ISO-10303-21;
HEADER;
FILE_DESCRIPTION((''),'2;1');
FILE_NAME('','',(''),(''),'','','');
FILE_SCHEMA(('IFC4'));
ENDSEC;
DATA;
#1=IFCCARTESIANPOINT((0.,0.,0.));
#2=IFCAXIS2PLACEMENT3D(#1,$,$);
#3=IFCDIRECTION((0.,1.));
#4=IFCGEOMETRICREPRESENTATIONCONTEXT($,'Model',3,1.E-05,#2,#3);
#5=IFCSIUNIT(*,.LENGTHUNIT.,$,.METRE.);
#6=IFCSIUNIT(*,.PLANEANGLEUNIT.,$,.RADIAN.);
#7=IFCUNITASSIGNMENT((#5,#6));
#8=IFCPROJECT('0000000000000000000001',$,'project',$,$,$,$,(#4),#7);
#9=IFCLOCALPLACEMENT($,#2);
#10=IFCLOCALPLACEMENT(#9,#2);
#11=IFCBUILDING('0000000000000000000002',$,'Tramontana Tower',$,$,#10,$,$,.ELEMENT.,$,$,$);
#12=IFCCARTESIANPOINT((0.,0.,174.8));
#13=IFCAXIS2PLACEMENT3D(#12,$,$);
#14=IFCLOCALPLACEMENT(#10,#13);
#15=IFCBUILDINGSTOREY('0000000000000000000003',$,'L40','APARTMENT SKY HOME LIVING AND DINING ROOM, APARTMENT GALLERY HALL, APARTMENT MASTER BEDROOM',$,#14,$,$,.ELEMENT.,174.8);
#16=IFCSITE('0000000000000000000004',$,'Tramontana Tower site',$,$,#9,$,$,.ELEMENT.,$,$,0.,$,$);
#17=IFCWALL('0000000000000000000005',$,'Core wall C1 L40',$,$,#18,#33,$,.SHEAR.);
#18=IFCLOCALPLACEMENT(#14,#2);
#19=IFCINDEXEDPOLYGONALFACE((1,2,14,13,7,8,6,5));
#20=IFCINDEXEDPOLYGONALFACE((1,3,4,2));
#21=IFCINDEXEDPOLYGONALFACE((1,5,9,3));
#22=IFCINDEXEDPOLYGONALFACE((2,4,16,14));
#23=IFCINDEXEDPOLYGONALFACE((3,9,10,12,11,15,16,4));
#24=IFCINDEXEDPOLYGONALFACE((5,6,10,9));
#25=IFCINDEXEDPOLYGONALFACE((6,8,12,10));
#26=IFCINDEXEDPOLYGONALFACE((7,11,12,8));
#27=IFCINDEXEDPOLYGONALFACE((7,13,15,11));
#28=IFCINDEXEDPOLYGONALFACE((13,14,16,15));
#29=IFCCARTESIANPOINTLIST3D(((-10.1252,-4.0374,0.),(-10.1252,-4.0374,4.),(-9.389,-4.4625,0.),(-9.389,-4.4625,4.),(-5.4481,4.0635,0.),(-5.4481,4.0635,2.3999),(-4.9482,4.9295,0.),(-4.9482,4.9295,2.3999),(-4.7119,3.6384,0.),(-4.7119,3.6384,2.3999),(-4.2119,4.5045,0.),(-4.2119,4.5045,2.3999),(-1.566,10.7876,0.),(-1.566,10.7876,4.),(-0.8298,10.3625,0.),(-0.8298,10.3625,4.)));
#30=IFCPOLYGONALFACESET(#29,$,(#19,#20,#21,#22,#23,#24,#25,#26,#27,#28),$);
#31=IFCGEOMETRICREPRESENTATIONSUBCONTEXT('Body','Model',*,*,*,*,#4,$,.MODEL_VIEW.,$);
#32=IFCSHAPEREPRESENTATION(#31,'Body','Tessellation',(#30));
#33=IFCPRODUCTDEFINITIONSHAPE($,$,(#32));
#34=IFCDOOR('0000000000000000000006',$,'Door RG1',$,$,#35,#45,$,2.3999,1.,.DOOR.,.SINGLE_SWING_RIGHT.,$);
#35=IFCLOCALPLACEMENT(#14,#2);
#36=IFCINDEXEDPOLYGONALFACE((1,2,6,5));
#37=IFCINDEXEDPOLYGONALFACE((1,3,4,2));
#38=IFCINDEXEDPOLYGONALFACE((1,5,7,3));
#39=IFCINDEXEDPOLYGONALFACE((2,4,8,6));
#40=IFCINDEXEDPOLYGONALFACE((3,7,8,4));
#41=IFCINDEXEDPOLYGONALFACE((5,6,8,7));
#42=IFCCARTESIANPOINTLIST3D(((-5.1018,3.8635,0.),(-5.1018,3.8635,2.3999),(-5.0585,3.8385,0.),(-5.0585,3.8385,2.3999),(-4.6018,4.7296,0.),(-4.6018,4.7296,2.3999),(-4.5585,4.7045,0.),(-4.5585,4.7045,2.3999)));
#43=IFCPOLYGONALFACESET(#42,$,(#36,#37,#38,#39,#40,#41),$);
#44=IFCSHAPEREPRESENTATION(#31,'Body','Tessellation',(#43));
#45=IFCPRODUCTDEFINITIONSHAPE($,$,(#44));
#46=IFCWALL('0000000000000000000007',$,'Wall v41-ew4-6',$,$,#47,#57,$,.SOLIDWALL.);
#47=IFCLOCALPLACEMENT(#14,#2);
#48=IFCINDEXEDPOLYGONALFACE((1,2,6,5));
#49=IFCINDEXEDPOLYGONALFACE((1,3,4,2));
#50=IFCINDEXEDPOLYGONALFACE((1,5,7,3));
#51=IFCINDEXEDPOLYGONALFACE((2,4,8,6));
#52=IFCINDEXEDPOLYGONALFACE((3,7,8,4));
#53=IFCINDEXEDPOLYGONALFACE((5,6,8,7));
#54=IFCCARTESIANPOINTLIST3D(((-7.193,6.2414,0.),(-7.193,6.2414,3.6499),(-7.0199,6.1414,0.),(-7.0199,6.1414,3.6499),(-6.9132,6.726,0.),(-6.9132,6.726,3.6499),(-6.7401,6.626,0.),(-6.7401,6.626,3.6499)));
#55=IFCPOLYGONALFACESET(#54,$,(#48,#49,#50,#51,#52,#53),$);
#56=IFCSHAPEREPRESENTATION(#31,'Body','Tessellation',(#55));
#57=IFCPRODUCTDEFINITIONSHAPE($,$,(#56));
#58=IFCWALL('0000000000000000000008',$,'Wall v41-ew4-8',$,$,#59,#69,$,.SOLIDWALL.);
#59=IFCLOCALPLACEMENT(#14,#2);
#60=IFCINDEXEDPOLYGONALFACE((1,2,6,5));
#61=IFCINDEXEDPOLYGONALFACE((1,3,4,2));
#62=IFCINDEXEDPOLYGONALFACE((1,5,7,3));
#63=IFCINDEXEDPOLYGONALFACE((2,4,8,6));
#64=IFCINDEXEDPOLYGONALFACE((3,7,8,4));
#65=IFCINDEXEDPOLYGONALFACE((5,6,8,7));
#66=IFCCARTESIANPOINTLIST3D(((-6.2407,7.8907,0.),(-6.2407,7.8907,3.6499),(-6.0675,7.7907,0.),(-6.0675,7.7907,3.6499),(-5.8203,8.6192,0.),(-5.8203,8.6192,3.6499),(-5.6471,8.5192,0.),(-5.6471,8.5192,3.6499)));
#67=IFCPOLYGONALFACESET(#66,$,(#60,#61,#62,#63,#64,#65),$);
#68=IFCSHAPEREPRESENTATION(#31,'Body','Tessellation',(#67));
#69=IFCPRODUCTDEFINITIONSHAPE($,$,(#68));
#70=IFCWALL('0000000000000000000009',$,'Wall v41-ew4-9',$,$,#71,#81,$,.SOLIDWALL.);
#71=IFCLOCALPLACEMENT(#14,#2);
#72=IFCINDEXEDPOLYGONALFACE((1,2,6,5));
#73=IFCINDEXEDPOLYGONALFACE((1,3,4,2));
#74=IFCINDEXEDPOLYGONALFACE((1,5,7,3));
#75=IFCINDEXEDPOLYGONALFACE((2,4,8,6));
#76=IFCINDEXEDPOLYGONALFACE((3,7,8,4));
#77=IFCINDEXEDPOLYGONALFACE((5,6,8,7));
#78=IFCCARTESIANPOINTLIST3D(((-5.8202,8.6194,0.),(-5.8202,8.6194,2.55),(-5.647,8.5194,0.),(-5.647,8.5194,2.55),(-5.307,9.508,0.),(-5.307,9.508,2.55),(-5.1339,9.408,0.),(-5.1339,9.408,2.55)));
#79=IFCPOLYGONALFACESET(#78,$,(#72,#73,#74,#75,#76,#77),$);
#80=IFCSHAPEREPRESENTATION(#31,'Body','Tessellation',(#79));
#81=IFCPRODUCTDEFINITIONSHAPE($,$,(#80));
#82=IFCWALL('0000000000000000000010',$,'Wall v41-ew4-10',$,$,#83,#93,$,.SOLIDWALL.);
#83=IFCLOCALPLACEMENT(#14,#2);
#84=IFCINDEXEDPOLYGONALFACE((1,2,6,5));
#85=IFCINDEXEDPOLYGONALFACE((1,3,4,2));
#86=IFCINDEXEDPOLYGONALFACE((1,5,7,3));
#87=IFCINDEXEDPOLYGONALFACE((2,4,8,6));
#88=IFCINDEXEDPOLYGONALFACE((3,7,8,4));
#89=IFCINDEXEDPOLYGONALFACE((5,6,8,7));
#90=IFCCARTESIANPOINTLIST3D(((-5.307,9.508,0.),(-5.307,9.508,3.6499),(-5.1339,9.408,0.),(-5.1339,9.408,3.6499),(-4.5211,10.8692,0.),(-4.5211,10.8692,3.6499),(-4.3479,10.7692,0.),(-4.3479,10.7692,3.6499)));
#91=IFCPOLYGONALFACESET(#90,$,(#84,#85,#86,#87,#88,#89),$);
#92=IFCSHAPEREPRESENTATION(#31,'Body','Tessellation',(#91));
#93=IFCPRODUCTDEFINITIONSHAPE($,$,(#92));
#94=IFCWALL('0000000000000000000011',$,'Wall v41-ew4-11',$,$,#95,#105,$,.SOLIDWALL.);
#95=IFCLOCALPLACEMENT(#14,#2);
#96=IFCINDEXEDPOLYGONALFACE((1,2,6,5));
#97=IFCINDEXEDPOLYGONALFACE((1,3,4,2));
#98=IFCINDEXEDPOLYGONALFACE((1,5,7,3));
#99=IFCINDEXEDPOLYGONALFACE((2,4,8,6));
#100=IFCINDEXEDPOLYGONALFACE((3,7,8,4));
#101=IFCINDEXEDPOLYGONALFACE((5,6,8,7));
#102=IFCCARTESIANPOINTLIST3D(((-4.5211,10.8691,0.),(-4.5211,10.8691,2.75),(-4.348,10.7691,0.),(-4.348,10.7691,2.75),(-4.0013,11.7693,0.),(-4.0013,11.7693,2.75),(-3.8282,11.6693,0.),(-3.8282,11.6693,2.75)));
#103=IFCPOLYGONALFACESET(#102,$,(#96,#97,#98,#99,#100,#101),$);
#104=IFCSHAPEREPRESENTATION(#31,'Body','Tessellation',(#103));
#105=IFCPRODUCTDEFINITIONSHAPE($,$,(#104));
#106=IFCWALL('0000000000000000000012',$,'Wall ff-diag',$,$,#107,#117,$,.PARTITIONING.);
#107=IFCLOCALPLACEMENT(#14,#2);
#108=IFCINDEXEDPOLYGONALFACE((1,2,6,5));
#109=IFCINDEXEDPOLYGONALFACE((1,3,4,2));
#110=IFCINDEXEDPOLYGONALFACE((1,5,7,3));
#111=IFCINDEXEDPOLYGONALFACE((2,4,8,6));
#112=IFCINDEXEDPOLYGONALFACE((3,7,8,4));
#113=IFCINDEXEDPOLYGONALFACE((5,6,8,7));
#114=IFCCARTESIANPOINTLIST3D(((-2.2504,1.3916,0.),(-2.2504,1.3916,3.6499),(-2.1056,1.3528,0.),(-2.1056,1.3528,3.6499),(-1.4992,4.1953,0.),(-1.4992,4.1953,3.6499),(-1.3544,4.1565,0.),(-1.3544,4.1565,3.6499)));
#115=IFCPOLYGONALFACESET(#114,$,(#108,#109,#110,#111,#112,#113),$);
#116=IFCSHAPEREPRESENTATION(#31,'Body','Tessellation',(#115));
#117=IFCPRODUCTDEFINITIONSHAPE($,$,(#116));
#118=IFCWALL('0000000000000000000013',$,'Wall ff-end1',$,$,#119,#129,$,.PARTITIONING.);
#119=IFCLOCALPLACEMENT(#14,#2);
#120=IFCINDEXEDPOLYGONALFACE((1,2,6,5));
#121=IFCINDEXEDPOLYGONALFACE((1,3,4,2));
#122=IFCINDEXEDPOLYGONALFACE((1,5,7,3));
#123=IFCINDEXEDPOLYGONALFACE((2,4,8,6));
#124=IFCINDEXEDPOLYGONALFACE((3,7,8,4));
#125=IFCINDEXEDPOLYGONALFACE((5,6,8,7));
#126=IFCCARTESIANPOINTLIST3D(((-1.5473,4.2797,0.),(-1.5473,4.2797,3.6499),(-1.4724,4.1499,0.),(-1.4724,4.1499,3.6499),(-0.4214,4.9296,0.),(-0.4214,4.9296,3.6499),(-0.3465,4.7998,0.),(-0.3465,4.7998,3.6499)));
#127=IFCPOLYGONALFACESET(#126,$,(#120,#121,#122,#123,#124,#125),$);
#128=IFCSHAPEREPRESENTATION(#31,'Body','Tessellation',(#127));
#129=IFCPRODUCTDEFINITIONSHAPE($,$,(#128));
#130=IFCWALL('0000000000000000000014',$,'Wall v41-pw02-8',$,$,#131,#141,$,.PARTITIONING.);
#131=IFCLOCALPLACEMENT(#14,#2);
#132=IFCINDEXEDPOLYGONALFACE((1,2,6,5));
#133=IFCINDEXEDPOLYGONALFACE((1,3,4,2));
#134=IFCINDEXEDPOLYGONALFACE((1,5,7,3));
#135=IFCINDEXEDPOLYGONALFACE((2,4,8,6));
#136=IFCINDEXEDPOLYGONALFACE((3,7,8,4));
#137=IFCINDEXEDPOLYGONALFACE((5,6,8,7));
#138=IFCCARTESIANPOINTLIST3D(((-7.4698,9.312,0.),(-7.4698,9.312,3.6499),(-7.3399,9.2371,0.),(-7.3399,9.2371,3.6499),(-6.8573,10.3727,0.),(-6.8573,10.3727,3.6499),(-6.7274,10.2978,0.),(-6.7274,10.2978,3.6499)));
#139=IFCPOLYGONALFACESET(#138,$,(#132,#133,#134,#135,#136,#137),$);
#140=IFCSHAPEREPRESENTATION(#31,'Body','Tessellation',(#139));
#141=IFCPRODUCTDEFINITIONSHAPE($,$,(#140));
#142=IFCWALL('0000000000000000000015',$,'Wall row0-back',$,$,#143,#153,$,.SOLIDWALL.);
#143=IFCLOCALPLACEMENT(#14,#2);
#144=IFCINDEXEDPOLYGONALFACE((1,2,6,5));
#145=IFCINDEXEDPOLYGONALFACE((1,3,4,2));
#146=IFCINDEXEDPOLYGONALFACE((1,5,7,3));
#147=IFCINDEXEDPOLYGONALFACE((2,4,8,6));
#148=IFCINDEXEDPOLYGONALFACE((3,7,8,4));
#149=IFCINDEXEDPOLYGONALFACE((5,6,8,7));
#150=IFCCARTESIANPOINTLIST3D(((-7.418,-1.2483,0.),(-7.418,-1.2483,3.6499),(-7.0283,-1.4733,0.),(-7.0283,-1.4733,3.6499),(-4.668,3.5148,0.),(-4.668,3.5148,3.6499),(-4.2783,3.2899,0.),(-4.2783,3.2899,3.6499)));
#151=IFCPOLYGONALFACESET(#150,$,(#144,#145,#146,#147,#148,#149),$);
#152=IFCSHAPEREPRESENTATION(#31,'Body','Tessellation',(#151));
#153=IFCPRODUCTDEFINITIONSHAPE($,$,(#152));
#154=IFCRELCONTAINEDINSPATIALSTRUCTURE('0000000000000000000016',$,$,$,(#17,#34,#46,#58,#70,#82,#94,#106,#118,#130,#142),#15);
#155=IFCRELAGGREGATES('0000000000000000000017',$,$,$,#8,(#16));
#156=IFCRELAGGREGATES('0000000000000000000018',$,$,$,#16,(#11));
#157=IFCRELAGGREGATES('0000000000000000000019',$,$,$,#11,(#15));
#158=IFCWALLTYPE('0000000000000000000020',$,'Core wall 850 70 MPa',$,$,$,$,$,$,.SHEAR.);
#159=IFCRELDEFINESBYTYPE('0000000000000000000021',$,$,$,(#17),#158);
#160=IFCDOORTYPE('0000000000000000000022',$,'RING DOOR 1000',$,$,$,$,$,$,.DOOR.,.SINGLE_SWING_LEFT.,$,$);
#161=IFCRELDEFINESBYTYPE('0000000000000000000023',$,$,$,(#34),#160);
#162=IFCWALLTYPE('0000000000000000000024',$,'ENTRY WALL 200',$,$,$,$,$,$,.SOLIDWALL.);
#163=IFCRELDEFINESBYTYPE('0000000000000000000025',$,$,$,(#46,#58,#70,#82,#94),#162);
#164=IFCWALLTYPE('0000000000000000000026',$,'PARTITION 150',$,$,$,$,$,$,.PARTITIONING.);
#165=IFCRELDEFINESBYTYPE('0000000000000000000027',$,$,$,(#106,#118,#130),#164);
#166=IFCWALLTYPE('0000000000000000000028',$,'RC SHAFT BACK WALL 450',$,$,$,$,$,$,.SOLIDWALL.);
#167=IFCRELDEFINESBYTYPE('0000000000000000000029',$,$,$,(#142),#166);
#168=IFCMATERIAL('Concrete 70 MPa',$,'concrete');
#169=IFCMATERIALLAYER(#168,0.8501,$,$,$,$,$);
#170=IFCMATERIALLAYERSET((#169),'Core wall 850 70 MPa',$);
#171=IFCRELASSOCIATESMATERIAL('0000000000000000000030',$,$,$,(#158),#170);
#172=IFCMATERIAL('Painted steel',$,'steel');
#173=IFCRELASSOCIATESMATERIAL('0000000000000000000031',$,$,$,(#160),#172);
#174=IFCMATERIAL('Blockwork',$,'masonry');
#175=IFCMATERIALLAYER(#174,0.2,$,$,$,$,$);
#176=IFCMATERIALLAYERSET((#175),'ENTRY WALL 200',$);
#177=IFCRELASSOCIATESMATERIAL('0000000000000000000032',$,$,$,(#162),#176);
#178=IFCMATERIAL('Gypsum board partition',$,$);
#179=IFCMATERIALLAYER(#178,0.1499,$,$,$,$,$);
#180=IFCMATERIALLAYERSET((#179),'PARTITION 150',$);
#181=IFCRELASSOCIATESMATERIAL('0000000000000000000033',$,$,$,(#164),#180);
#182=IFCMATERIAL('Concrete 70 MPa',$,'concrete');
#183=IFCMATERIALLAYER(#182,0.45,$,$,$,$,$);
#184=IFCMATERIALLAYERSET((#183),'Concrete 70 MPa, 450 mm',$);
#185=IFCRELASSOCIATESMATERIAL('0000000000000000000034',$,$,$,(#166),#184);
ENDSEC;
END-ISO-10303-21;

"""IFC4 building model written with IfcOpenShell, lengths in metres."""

from ifc_helpers import new_model, si_unit, direction, frame, frame_2d, origin, place, context, subcontext, project, spatial, rectangle, extrude, material, layer, layer_set, type_object, element, fill, save


model = new_model("IFC4")

# Units and contexts
model_context = context("Model", 3, precision=1e-05, world=origin(), true_north=direction((0.0, 1.0)))
body_context = subcontext(model_context, "Body", "Model", "MODEL_VIEW")
ifc_project = project(units=[si_unit("LENGTHUNIT", "METRE"), si_unit("PLANEANGLEUNIT", "RADIAN")], contexts=[model_context])

# Site, building, storey
site_placement = place(None, origin())
site = spatial("IfcSite", under=ifc_project, at=site_placement, Name="Tramontana Tower site", CompositionType="ELEMENT", RefElevation=0.0)
building_placement = place(site_placement, origin())
building = spatial("IfcBuilding", under=site, at=building_placement, Name="Tramontana Tower", CompositionType="ELEMENT")
storey_placement = place(building_placement, frame((0.0, 0.0, 174.8)))
storey = spatial("IfcBuildingStorey", under=building, at=storey_placement, Name="L40", Description="APARTMENT SKY HOME LIVING AND DINING ROOM, APARTMENT GALLERY HALL, APARTMENT MASTER BEDROOM", CompositionType="ELEMENT", Elevation=174.8)

# Wall, opening, door
ifc_material_1 = material(Name="Concrete 70 MPa", Category="concrete")
ifc_layer_1 = layer(ifc_material_1, 0.8501)
ifc_layer_set_1 = layer_set([ifc_layer_1], Name="Core wall 850 70 MPa")
wall_type_1 = type_object("IfcWallType", Name="Core wall 850 70 MPa", PredefinedType="SHEAR", material=ifc_layer_set_1)
wall_1_placement = place(storey_placement, frame((-1.198, 10.575, 0.0), z_axis=(0.0, 0.0, 1.0), x_axis=(-0.499995, -0.866028, 0.0)))
wall_1 = element("IfcWall", 1, at=wall_1_placement, inside=storey, type_object=wall_type_1, Name="Core wall C1 L40", PredefinedType="SHEAR", context=body_context, shape_type="SweptSolid", body=[
    extrude(rectangle(XDim=17.1184, YDim=0.8501, at=frame_2d((8.5591, 0.0))), origin(), (0.0, 0.0, 1.0), 4.0),
])
opening_1_placement = place(wall_1_placement, frame((6.7642, 0.0, 0.0)))
opening_1 = element("IfcOpeningElement", 2, at=opening_1_placement, cuts=wall_1, PredefinedType="OPENING", context=body_context, shape_type="SweptSolid", body=[
    extrude(rectangle(XDim=1.0, YDim=2.3999, at=frame_2d((0.5, 1.2))), frame((0.0, 0.4351, 0.0), z_axis=(0.0, -1.0, 0.0), x_axis=(1.0, 0.0, 0.0)), (0.0, 0.0, 1.0), 0.8701),
])
ifc_material_2 = material(Name="Painted steel", Category="steel")
door_type_1 = type_object("IfcDoorType", Name="RING DOOR 1000", OperationType="SINGLE_SWING_LEFT", PredefinedType="DOOR", material=ifc_material_2)
door_1_placement = place(opening_1_placement, origin())
door_1 = element("IfcDoor", 3, at=door_1_placement, inside=storey, type_object=door_type_1, Name="Door RG1", OperationType="SINGLE_SWING_RIGHT", OverallHeight=2.3999, OverallWidth=1.0, PredefinedType="DOOR", context=body_context, shape_type="SweptSolid", body=[
    extrude(rectangle(XDim=1.0, YDim=2.3999, at=frame_2d((0.5, 1.2))), frame((0.0, 0.0249, 0.0), z_axis=(0.0, -1.0, 0.0), x_axis=(1.0, 0.0, 0.0)), (0.0, 0.0, 1.0), 0.05),
])
fill(opening_1, door_1)

# Wall
ifc_material_3 = material(Name="Blockwork", Category="masonry")
ifc_layer_2 = layer(ifc_material_3, 0.2)
ifc_layer_set_2 = layer_set([ifc_layer_2], Name="ENTRY WALL 200")
wall_type_2 = type_object("IfcWallType", Name="ENTRY WALL 200", PredefinedType="SOLIDWALL", material=ifc_layer_set_2)
wall_2_placement = place(storey_placement, frame((-7.1064, 6.1914, 0.0), z_axis=(0.0, 0.0, 1.0), x_axis=(0.499987, 0.866033, 0.0)))
element("IfcWall", 4, at=wall_2_placement, inside=storey, type_object=wall_type_2, Name="Wall v41-ew4-6", PredefinedType="SOLIDWALL", context=body_context, shape_type="SweptSolid", body=[
    extrude(rectangle(XDim=0.5596, YDim=0.2, at=frame_2d((0.2798, 0.0))), origin(), (0.0, 0.0, 1.0), 3.6499),
])

# Walls
wall_3_placement = place(storey_placement, frame((-6.1541, 7.8408, 0.0), z_axis=(0.0, 0.0, 1.0), x_axis=(0.499823, 0.866128, 0.0)))
element("IfcWall", 5, at=wall_3_placement, inside=storey, type_object=wall_type_2, Name="Wall v41-ew4-8", PredefinedType="SOLIDWALL", context=body_context, shape_type="SweptSolid", body=[
    extrude(rectangle(XDim=0.8411, YDim=0.2, at=frame_2d((0.4204, 0.0))), origin(), (0.0, 0.0, 1.0), 3.6499),
])
wall_4_placement = place(storey_placement, frame((-5.7336, 8.5693, 0.0), z_axis=(0.0, 0.0, 1.0), x_axis=(0.500079, 0.86598, 0.0)))
element("IfcWall", 6, at=wall_4_placement, inside=storey, type_object=wall_type_2, Name="Wall v41-ew4-9", PredefinedType="SOLIDWALL", context=body_context, shape_type="SweptSolid", body=[
    extrude(rectangle(XDim=1.0261, YDim=0.2, at=frame_2d((0.5132, 0.0))), origin(), (0.0, 0.0, 1.0), 2.55),
])
wall_5_placement = place(storey_placement, frame((-5.2205, 9.458, 0.0), z_axis=(0.0, 0.0, 1.0), x_axis=(0.500032, 0.866007, 0.0)))
element("IfcWall", 7, at=wall_5_placement, inside=storey, type_object=wall_type_2, Name="Wall v41-ew4-10", PredefinedType="SOLIDWALL", context=body_context, shape_type="SweptSolid", body=[
    extrude(rectangle(XDim=1.5718, YDim=0.2, at=frame_2d((0.7859, 0.0))), origin(), (0.0, 0.0, 1.0), 3.6499),
])
wall_6_placement = place(storey_placement, frame((-4.4346, 10.8191, 0.0), z_axis=(0.0, 0.0, 1.0), x_axis=(0.500055, 0.865994, 0.0)))
element("IfcWall", 8, at=wall_6_placement, inside=storey, type_object=wall_type_2, Name="Wall v41-ew4-11", PredefinedType="SOLIDWALL", context=body_context, shape_type="SweptSolid", body=[
    extrude(rectangle(XDim=1.0396, YDim=0.2, at=frame_2d((0.5198, 0.0))), origin(), (0.0, 0.0, 1.0), 2.75),
])
ifc_material_4 = material(Name="Gypsum board partition")
ifc_layer_3 = layer(ifc_material_4, 0.1499)
ifc_layer_set_3 = layer_set([ifc_layer_3], Name="PARTITION 150")
wall_type_3 = type_object("IfcWallType", Name="PARTITION 150", PredefinedType="PARTITIONING", material=ifc_layer_set_3)
wall_7_placement = place(storey_placement, frame((-2.178, 1.3723, 0.0), z_axis=(0.0, 0.0, 1.0), x_axis=(0.258809, 0.965929, 0.0)))
element("IfcWall", 9, at=wall_7_placement, inside=storey, type_object=wall_type_3, Name="Wall ff-diag", PredefinedType="PARTITIONING", context=body_context, shape_type="SweptSolid", body=[
    extrude(rectangle(XDim=2.9026, YDim=0.1499, at=frame_2d((1.4512, 0.0))), origin(), (0.0, 0.0, 1.0), 3.6499),
])
wall_8_placement = place(storey_placement, frame((-1.5098, 4.2148, 0.0), z_axis=(0.0, 0.0, 1.0), x_axis=(0.866086, 0.499896, 0.0)))
element("IfcWall", 10, at=wall_8_placement, inside=storey, type_object=wall_type_3, Name="Wall ff-end1", PredefinedType="PARTITIONING", context=body_context, shape_type="SweptSolid", body=[
    extrude(rectangle(XDim=1.3, YDim=0.1499, at=frame_2d((0.6499, 0.0))), origin(), (0.0, 0.0, 1.0), 3.6499),
])
wall_9_placement = place(storey_placement, frame((-7.4048, 9.2747, 0.0), z_axis=(0.0, 0.0, 1.0), x_axis=(0.500062, 0.86599, 0.0)))
element("IfcWall", 11, at=wall_9_placement, inside=storey, type_object=wall_type_3, Name="Wall v41-pw02-8", PredefinedType="PARTITIONING", context=body_context, shape_type="SweptSolid", body=[
    extrude(rectangle(XDim=1.2249, YDim=0.1499, at=frame_2d((0.6123, 0.0))), origin(), (0.0, 0.0, 1.0), 3.6499),
])

# Wall
ifc_material_5 = material(Name="Concrete 70 MPa", Category="concrete")
ifc_layer_4 = layer(ifc_material_5, 0.45)
ifc_layer_set_4 = layer_set([ifc_layer_4], Name="Concrete 70 MPa, 450 mm")
wall_type_4 = type_object("IfcWallType", Name="RC SHAFT BACK WALL 450", PredefinedType="SOLIDWALL", material=ifc_layer_set_4)
wall_10_placement = place(storey_placement, frame((-4.4731, 3.4023, 0.0), z_axis=(0.0, 0.0, 1.0), x_axis=(-0.499997, -0.866027, 0.0)))
element("IfcWall", 12, at=wall_10_placement, inside=storey, type_object=wall_type_4, Name="Wall row0-back", PredefinedType="SOLIDWALL", context=body_context, shape_type="SweptSolid", body=[
    extrude(rectangle(XDim=5.5, YDim=0.45, at=frame_2d((2.75, 0.0))), origin(), (0.0, 0.0, 1.0), 3.6499),
])

save(model, "model.ifc")
